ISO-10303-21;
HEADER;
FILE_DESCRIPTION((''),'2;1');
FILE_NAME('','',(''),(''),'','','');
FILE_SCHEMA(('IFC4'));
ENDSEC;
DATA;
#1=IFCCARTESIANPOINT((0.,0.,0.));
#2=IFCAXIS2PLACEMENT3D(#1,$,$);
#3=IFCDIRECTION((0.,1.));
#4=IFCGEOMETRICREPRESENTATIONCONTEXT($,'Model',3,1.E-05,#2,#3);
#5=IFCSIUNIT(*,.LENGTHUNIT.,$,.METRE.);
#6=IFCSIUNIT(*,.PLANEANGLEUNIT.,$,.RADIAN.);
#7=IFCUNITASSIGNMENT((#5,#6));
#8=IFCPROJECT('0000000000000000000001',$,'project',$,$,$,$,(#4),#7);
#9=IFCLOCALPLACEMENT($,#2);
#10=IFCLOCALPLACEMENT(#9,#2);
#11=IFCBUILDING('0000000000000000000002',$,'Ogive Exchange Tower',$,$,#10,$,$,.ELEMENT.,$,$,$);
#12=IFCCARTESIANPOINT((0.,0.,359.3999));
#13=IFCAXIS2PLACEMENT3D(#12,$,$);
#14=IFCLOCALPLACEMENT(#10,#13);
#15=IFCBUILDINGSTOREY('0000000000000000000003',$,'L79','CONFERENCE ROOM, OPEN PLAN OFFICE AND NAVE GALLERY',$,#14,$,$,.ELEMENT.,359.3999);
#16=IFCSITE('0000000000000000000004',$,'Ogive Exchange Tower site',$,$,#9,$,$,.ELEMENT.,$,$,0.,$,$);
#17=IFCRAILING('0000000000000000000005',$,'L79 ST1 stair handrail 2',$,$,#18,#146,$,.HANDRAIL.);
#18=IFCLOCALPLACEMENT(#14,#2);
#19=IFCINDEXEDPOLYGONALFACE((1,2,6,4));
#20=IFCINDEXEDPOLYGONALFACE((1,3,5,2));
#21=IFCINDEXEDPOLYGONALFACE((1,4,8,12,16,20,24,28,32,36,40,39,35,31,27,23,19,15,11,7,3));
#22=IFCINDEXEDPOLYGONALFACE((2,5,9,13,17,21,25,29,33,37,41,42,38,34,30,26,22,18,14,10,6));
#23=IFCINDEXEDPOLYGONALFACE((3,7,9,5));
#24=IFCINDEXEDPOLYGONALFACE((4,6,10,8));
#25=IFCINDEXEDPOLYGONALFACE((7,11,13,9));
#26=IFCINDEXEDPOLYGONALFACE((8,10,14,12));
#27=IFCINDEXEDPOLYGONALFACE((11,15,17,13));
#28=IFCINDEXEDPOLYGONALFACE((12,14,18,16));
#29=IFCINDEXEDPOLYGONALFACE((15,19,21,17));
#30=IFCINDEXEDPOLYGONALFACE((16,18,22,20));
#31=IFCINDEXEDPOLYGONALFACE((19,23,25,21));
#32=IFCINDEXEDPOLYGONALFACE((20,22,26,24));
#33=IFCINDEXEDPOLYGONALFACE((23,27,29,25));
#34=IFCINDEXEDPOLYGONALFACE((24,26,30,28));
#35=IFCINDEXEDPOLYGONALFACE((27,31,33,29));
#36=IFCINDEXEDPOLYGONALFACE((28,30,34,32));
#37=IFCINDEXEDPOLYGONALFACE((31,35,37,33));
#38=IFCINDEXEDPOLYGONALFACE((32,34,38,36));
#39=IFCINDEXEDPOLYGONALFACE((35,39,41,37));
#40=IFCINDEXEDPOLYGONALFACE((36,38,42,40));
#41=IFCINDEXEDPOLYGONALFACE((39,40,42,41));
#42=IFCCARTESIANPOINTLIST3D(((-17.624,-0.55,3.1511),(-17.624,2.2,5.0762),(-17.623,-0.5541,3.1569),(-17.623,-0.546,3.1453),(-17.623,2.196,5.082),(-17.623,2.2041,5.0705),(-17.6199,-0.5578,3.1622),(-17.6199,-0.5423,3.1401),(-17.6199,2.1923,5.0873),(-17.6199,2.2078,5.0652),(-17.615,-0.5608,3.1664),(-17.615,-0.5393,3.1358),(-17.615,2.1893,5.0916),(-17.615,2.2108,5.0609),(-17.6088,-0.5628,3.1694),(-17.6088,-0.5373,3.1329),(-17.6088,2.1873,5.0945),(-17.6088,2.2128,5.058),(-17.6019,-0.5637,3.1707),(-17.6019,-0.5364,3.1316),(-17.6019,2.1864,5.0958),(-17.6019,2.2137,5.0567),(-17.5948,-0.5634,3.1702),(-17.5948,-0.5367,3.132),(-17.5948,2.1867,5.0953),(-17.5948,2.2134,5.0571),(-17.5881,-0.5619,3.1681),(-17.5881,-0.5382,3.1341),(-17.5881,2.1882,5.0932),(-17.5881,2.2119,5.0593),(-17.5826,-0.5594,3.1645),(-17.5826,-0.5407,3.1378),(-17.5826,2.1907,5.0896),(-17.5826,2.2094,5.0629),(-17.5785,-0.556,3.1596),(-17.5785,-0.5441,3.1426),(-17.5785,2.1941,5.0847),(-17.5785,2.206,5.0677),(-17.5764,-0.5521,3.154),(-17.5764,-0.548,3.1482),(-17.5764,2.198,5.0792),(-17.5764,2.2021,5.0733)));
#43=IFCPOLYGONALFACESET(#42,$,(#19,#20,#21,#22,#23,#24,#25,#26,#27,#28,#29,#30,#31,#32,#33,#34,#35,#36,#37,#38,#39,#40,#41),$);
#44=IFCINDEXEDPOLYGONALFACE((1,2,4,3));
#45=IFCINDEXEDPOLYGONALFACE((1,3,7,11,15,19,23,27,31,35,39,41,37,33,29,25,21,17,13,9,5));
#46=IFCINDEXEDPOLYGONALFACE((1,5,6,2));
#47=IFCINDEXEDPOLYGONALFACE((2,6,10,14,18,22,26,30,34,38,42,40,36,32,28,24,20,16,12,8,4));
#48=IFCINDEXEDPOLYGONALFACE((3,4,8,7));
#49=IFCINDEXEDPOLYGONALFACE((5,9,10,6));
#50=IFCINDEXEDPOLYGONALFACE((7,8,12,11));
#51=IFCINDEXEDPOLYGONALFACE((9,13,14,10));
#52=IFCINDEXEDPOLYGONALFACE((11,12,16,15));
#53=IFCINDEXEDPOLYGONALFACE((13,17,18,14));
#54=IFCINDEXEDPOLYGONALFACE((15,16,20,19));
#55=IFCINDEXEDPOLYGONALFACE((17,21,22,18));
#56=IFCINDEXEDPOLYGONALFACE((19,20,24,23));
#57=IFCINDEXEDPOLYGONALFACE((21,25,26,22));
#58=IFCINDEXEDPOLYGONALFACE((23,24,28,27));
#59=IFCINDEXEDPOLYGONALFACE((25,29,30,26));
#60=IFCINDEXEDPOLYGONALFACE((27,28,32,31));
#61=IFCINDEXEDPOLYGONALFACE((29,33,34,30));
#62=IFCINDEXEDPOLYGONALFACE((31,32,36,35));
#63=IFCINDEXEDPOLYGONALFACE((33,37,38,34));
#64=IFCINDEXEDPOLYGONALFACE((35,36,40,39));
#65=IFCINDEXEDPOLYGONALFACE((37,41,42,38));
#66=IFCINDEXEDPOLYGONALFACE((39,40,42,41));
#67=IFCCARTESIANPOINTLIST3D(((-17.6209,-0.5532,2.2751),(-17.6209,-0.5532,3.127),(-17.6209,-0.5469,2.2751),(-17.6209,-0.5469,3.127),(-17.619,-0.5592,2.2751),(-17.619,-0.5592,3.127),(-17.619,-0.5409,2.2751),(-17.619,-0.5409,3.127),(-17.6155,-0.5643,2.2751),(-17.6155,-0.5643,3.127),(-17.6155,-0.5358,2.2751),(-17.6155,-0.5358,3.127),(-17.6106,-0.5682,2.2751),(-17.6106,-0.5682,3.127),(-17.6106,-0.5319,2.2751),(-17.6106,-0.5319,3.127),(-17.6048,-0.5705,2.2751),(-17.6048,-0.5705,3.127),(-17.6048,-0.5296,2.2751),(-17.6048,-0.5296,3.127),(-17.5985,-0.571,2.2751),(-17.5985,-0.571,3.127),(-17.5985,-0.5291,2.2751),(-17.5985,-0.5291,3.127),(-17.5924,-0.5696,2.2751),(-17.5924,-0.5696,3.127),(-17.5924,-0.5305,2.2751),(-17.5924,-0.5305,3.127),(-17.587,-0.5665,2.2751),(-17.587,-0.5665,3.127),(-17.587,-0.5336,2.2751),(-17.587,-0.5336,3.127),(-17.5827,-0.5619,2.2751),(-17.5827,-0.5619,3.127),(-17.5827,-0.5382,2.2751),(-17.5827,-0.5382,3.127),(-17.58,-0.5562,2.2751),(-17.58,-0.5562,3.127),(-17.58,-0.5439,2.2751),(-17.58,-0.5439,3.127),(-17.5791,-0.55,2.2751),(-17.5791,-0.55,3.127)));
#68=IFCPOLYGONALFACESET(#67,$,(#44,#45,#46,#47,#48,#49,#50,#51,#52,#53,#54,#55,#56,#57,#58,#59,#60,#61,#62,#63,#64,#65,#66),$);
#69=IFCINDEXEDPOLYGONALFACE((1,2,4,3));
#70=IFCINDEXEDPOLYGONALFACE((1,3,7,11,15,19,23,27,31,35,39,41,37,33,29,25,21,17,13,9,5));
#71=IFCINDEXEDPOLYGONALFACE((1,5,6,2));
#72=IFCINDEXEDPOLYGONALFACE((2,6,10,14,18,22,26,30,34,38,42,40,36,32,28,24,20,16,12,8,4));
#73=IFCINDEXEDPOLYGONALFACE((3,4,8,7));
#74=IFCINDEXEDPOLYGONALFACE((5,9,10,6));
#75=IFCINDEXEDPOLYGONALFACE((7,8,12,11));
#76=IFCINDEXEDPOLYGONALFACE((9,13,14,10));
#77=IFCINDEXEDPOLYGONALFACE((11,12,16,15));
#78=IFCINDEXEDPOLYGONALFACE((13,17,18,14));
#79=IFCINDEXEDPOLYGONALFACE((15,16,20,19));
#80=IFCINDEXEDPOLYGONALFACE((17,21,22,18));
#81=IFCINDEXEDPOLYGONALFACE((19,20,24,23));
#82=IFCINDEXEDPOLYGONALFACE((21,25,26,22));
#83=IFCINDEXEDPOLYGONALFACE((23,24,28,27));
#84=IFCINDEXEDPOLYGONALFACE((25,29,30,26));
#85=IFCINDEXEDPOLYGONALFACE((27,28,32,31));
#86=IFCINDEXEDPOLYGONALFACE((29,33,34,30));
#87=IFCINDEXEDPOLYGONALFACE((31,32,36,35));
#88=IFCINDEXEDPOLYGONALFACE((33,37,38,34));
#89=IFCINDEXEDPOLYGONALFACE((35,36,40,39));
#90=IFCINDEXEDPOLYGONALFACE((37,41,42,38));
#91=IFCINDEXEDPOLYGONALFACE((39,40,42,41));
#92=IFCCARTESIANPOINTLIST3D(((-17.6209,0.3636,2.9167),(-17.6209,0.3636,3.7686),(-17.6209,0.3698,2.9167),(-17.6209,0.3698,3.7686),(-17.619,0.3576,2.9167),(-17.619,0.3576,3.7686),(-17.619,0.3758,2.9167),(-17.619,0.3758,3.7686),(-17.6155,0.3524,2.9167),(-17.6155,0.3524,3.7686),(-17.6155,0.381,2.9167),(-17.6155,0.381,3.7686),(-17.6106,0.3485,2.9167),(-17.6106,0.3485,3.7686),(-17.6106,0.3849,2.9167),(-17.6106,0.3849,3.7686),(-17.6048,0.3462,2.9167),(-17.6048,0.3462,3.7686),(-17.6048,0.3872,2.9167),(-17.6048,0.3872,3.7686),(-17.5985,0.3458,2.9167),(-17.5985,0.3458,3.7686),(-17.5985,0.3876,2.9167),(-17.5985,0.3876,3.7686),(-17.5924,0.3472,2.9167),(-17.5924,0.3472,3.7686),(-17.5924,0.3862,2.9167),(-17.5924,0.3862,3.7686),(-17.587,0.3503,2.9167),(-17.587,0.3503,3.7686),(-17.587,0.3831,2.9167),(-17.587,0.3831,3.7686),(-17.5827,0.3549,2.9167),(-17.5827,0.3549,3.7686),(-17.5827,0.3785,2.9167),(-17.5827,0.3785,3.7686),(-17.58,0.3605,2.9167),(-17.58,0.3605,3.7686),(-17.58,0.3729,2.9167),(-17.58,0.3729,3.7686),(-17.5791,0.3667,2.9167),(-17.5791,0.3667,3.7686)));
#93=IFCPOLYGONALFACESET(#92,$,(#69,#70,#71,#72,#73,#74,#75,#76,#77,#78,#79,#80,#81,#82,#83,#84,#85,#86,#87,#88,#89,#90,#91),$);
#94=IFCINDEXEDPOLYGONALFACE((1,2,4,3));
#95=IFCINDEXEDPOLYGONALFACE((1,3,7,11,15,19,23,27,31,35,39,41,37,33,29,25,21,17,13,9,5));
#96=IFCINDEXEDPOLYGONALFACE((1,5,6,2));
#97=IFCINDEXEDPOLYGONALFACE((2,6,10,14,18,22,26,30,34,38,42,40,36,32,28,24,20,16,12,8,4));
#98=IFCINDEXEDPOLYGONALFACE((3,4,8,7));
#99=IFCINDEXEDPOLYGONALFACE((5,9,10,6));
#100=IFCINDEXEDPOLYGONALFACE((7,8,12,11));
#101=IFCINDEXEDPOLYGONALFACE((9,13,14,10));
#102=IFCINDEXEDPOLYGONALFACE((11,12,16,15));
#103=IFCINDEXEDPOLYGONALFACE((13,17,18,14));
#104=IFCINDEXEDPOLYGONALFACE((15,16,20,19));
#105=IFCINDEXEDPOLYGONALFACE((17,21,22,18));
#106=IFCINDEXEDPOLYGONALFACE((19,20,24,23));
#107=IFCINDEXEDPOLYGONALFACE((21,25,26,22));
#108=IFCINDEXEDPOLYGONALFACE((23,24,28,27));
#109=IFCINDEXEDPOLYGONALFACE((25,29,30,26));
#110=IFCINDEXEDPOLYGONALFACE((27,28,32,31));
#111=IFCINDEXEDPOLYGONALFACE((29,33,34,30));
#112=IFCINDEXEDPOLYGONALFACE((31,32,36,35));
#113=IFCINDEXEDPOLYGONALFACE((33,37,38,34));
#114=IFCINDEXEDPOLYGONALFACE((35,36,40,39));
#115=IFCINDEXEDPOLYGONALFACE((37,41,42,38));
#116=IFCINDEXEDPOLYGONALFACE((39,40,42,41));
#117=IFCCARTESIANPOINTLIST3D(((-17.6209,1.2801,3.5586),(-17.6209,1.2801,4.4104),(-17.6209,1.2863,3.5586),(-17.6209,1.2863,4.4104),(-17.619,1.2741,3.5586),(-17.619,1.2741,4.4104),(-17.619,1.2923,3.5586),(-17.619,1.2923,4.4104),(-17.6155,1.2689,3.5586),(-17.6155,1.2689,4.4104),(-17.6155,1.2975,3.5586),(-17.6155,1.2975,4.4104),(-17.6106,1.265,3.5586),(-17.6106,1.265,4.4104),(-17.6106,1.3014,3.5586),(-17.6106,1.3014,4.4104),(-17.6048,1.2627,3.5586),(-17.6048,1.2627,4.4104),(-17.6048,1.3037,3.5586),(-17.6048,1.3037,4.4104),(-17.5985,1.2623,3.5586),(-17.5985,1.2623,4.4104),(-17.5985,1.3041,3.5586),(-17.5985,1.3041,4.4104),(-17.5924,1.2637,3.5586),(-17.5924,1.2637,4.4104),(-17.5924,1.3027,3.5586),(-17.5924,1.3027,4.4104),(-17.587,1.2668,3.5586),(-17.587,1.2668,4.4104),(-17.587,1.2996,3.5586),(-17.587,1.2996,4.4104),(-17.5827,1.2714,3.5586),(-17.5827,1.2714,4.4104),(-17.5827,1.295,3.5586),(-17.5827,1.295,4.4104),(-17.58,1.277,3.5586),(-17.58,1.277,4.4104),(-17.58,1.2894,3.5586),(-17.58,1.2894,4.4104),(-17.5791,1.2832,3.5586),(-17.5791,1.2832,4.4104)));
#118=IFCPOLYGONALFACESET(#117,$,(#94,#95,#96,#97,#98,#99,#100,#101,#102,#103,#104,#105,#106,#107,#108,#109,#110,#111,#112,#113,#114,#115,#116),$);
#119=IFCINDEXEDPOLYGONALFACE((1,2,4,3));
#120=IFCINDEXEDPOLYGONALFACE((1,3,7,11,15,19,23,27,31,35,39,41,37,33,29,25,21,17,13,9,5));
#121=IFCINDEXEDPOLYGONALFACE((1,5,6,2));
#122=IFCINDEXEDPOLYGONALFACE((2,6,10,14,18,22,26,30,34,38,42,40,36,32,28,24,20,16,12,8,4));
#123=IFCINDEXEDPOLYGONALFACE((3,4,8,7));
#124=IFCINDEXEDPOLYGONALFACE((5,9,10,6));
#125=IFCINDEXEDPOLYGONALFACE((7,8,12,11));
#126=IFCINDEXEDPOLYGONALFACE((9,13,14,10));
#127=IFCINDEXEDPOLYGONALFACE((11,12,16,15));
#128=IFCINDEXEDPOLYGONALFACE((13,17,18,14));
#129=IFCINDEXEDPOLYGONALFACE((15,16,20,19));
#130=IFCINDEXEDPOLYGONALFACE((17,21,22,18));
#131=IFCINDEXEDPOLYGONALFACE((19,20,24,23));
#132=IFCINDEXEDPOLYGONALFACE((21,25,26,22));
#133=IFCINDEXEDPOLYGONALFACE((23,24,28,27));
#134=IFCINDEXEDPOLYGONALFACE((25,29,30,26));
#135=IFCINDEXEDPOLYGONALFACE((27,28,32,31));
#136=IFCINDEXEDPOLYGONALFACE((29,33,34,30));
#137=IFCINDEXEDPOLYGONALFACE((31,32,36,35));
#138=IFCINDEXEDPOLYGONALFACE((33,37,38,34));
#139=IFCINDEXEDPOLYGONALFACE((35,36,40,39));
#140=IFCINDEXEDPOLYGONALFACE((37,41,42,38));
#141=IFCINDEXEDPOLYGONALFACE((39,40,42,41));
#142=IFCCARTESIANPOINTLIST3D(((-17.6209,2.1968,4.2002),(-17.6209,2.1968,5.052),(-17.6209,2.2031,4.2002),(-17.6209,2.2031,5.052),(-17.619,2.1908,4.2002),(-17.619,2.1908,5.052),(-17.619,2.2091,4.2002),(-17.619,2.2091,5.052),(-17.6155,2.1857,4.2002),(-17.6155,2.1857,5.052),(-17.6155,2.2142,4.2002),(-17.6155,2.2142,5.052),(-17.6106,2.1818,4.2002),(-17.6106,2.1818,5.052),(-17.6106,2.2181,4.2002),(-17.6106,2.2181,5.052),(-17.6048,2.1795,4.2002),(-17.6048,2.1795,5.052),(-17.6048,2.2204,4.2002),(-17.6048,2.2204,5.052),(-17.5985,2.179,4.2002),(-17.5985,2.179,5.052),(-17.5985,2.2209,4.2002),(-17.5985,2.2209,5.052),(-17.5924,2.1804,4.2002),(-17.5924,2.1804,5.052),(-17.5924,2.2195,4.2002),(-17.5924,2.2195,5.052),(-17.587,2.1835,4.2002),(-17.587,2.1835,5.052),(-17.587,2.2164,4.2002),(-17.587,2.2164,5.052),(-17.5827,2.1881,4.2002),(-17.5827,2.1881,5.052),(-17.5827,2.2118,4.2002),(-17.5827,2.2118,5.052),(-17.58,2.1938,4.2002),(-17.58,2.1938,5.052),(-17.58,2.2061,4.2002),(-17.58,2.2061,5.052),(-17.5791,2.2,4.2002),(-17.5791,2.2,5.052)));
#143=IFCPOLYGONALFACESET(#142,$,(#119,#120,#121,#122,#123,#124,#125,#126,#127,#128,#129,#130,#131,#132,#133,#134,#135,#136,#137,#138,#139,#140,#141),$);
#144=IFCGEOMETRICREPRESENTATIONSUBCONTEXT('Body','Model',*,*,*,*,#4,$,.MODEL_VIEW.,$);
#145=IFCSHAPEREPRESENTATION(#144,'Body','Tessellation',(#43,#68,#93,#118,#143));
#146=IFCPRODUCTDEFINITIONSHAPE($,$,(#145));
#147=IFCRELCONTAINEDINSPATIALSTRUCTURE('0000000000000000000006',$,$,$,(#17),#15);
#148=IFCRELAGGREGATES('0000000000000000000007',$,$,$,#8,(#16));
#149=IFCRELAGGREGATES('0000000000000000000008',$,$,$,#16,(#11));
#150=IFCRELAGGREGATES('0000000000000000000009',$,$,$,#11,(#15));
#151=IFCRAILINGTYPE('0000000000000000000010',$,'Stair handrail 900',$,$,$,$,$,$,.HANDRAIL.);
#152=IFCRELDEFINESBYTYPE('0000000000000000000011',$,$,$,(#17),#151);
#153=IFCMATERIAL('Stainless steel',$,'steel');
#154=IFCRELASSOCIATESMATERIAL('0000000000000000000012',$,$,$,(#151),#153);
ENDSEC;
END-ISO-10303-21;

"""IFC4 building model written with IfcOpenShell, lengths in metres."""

from ifc_helpers import new_model, si_unit, direction, frame, origin, origin_2d, place, context, subcontext, project, spatial, circle, extrude, material, type_object, element, save


model = new_model("IFC4")

# Units and contexts
model_context = context("Model", 3, precision=1e-05, world=origin(), true_north=direction((0.0, 1.0)))
body_context = subcontext(model_context, "Body", "Model", "MODEL_VIEW")
ifc_project = project(units=[si_unit("LENGTHUNIT", "METRE"), si_unit("PLANEANGLEUNIT", "RADIAN")], contexts=[model_context])

# Site, building, storey
site_placement = place(None, origin())
site = spatial("IfcSite", under=ifc_project, at=site_placement, Name="Ogive Exchange Tower site", CompositionType="ELEMENT", RefElevation=0.0)
building_placement = place(site_placement, origin())
building = spatial("IfcBuilding", under=site, at=building_placement, Name="Ogive Exchange Tower", CompositionType="ELEMENT")
storey_placement = place(building_placement, frame((0.0, 0.0, 359.3999)))
storey = spatial("IfcBuildingStorey", under=building, at=storey_placement, Name="L79", Description="CONFERENCE ROOM, OPEN PLAN OFFICE AND NAVE GALLERY", CompositionType="ELEMENT", Elevation=359.3999)

# Shared definitions
ifc_material_1 = material(Name="Stainless steel", Category="steel")

# Railing
railing_type = type_object("IfcRailingType", Name="Stair handrail 900", PredefinedType="HANDRAIL", material=ifc_material_1)
railing_1_placement = place(storey_placement, frame((-17.6001, -0.55, 2.2751)))
element("IfcRailing", 1, at=railing_1_placement, inside=storey, type_object=railing_type, Name="L79 ST1 stair handrail 2", PredefinedType="HANDRAIL", context=body_context, shape_type="SweptSolid", body=[
    extrude(circle(Radius=0.0239, at=origin_2d()), frame((0.0, 0.0, 0.876), z_axis=(0.0, 0.819225, 0.573472), x_axis=(-1.0, 0.0, 0.0)), (0.0, 0.0, 1.0), 3.3569),
    extrude(circle(Radius=0.021, at=origin_2d()), origin(), (0.0, 0.0, 1.0), 0.8518),
    extrude(circle(Radius=0.021, at=origin_2d()), frame((0.0, 0.9167, 0.6416)), (0.0, 0.0, 1.0), 0.8518),
    extrude(circle(Radius=0.021, at=origin_2d()), frame((0.0, 1.8333, 1.2834)), (0.0, 0.0, 1.0), 0.8518),
    extrude(circle(Radius=0.021, at=origin_2d()), frame((0.0, 2.75, 1.925)), (0.0, 0.0, 1.0), 0.8518),
])

save(model, "model.ifc")
